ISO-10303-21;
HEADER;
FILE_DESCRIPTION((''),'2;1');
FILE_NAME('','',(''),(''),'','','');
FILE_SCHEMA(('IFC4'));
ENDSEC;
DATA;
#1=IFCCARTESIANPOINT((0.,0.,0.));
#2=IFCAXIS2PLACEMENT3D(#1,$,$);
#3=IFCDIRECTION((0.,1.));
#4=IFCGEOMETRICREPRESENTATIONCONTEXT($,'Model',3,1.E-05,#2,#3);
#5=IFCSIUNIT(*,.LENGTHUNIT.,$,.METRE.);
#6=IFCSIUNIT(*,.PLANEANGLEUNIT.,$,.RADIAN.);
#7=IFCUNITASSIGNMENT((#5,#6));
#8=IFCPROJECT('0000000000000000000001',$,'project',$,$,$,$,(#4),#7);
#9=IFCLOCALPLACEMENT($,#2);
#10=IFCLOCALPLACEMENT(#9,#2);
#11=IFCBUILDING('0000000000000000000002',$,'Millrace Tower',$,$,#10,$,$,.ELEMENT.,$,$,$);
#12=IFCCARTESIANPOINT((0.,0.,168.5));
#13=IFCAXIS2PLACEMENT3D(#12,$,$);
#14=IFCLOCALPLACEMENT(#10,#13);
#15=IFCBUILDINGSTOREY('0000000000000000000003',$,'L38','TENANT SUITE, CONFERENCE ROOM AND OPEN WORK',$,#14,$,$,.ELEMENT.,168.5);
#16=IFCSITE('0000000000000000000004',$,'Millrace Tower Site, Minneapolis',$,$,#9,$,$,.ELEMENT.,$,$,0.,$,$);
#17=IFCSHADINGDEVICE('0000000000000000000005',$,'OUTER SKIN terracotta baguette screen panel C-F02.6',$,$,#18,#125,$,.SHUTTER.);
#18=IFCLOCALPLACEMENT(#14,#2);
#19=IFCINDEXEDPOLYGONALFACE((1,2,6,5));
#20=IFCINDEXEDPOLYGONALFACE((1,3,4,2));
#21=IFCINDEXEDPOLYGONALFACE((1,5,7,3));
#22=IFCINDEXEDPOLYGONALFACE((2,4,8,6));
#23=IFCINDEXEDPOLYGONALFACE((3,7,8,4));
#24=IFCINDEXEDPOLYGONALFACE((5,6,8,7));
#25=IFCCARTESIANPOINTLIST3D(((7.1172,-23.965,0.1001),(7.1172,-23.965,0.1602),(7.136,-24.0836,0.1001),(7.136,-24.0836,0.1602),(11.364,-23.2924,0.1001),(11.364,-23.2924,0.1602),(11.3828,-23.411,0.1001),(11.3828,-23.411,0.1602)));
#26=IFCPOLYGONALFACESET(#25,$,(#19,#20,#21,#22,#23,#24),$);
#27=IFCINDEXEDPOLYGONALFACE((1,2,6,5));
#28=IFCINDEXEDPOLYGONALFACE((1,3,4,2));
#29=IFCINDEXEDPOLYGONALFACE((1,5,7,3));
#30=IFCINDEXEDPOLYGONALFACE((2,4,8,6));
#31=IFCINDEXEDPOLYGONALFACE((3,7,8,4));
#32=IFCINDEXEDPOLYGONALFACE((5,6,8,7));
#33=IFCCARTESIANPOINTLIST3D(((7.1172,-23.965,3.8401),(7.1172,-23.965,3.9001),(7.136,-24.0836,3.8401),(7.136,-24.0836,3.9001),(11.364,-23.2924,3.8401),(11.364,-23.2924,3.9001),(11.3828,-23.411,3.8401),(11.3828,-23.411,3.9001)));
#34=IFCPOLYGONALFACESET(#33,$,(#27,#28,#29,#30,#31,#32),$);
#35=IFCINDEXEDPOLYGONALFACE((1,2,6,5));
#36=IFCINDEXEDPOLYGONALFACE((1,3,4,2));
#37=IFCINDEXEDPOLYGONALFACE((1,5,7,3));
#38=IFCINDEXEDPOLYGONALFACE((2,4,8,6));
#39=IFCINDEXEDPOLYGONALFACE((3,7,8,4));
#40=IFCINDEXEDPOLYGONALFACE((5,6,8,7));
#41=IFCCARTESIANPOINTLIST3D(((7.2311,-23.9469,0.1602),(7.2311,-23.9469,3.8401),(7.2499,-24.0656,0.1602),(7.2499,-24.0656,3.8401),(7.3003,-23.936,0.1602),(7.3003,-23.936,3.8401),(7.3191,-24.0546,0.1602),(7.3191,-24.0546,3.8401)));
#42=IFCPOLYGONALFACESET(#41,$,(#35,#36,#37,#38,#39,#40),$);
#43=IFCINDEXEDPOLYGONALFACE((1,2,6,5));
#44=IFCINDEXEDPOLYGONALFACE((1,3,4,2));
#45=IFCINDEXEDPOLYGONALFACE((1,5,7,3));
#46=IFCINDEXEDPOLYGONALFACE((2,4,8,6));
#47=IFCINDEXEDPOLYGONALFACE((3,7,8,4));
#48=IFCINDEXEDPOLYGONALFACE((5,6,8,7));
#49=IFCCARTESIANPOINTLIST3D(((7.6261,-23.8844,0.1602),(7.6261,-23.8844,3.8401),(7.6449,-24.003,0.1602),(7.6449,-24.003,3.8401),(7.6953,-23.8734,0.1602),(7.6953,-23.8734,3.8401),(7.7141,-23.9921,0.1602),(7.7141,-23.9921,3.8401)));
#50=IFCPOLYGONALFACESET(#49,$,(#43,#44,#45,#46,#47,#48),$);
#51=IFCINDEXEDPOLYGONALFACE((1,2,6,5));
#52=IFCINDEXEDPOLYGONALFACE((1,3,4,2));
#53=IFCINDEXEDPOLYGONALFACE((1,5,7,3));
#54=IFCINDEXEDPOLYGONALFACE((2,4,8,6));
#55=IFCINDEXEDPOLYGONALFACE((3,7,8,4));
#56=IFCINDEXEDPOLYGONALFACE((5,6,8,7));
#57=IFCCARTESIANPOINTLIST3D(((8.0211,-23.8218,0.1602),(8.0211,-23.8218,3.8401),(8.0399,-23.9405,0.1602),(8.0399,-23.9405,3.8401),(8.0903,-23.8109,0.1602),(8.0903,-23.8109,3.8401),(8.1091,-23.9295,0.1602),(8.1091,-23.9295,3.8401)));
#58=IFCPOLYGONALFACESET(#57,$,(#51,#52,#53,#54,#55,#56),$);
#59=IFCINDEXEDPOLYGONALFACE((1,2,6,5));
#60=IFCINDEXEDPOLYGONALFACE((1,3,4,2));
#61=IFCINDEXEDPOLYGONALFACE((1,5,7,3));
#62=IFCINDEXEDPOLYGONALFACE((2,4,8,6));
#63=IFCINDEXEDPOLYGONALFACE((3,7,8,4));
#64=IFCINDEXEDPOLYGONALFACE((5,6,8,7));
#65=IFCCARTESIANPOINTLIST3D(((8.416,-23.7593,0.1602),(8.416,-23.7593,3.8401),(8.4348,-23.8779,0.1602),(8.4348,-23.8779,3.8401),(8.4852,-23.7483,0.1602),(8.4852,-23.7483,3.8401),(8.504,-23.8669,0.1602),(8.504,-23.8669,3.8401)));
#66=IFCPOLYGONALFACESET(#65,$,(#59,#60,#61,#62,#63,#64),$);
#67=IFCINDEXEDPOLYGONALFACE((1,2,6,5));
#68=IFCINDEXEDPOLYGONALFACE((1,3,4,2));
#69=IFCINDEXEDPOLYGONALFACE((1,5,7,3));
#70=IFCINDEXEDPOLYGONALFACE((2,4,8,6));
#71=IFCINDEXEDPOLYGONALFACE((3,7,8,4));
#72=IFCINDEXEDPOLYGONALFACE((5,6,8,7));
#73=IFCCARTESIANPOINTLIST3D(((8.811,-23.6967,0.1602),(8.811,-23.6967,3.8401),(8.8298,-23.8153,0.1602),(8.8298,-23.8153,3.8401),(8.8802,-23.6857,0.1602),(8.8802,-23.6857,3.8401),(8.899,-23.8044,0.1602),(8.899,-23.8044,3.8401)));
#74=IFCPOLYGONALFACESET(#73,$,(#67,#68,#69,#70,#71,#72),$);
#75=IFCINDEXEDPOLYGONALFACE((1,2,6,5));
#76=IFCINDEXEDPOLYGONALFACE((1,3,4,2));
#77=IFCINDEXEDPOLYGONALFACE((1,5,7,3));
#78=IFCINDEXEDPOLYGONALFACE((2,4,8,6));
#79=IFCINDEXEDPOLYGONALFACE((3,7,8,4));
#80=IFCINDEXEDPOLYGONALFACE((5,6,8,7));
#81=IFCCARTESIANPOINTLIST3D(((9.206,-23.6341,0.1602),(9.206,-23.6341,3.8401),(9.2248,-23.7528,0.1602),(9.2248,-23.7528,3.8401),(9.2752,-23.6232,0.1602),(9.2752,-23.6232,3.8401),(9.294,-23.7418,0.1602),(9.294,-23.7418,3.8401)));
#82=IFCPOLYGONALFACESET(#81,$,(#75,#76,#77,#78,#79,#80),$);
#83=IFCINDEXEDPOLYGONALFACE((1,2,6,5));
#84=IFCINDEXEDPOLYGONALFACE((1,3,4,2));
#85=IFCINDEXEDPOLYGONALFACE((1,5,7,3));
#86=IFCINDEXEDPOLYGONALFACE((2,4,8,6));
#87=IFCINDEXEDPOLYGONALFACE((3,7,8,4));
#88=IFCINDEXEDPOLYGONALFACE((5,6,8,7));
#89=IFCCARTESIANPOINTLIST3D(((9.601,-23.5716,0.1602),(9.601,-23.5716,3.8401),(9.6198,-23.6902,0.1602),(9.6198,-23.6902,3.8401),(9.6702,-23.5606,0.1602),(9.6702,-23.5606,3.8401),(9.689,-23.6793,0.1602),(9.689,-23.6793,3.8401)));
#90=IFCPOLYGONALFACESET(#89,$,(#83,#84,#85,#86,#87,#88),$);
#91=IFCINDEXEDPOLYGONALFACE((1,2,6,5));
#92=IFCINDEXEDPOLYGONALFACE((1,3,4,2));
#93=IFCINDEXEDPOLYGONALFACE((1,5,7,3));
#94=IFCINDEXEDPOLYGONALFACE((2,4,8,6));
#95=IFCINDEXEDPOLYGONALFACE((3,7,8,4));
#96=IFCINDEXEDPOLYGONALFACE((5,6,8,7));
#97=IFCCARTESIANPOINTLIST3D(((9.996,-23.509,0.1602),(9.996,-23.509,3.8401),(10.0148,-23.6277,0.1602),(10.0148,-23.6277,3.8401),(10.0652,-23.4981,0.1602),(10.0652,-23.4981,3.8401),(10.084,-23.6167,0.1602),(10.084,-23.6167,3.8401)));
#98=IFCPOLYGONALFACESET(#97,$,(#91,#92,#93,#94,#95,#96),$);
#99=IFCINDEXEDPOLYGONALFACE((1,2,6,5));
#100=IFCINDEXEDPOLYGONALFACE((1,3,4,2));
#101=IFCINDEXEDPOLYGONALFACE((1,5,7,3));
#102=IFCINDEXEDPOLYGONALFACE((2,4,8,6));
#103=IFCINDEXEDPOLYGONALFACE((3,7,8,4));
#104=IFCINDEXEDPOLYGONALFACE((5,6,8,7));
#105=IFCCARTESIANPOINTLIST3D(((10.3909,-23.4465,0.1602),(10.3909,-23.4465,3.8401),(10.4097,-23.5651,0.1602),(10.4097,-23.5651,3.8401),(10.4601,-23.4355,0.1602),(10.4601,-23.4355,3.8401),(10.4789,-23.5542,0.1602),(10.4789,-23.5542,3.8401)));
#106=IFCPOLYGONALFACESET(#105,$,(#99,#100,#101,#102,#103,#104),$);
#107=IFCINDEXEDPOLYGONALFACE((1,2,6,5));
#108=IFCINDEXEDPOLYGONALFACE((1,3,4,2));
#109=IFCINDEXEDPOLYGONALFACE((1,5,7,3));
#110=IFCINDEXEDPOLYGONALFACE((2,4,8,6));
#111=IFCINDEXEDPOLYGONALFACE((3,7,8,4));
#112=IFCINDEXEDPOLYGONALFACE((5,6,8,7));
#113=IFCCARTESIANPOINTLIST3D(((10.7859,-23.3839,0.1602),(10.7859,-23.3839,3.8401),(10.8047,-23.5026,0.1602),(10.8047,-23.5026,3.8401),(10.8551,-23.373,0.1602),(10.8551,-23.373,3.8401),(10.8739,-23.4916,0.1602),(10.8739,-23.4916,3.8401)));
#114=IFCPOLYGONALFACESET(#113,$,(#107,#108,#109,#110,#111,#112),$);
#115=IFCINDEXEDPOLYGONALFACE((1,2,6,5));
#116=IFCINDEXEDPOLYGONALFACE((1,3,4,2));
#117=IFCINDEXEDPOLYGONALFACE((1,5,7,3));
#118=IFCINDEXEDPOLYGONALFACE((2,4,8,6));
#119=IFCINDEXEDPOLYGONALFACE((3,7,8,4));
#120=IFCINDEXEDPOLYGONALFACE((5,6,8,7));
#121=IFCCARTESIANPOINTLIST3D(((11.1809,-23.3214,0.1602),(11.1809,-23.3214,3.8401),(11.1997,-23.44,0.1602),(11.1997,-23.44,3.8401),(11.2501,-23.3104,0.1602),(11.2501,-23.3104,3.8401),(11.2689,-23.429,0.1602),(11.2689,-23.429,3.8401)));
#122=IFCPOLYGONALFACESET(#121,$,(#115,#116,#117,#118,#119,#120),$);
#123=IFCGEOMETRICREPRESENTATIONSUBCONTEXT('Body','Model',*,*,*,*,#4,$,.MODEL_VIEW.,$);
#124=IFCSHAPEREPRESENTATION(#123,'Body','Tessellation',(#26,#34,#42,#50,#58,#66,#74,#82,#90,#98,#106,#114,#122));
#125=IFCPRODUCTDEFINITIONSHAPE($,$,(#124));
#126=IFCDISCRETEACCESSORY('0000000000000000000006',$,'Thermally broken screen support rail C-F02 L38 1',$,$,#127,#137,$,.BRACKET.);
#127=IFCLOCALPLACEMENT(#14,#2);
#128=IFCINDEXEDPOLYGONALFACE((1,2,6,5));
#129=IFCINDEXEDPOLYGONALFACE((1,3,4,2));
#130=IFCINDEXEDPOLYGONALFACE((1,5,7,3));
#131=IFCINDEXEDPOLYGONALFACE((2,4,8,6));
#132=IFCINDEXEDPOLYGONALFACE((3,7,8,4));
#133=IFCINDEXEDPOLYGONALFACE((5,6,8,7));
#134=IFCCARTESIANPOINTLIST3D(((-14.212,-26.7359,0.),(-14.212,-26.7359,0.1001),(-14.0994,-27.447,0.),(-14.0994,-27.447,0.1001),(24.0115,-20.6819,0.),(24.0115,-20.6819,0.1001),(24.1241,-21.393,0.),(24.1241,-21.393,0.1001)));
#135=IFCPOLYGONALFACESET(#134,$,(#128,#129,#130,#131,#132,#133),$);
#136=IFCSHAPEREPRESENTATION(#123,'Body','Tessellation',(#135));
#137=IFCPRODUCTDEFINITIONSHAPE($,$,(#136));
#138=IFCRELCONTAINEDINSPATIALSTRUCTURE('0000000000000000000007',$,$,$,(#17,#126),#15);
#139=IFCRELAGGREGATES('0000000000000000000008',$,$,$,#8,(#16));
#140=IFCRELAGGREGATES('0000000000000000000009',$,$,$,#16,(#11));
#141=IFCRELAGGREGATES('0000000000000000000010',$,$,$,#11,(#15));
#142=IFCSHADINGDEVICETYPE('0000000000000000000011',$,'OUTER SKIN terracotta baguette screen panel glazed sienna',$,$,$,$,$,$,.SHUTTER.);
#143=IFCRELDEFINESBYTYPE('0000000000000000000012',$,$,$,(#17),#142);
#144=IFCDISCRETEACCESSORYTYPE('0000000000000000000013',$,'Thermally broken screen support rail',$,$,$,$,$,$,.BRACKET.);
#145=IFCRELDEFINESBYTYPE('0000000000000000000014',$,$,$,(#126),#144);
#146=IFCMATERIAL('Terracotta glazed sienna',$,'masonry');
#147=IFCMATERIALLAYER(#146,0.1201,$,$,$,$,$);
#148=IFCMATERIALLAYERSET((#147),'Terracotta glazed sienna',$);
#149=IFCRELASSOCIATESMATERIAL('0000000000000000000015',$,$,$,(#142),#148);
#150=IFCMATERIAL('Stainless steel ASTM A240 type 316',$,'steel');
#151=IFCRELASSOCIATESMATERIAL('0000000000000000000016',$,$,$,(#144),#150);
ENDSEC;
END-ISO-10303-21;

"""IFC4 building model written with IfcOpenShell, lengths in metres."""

from ifc_helpers import new_model, entity, si_unit, direction, frame, frame_2d, origin, origin_2d, place, context, subcontext, project, spatial, rectangle, extrude, source, transform, mapped, material, layer, layer_set, type_object, element, save


model = new_model("IFC4")

# Units and contexts
model_context = context("Model", 3, precision=1e-05, world=origin(), true_north=direction((0.0, 1.0)))
body_context = subcontext(model_context, "Body", "Model", "MODEL_VIEW")
ifc_project = project(units=[si_unit("LENGTHUNIT", "METRE"), si_unit("PLANEANGLEUNIT", "RADIAN")], contexts=[model_context])

# Site, building, storey
site_placement = place(None, origin())
site = spatial("IfcSite", under=ifc_project, at=site_placement, Name="Millrace Tower Site, Minneapolis", CompositionType="ELEMENT", RefElevation=0.0)
building_placement = place(site_placement, origin())
building = spatial("IfcBuilding", under=site, at=building_placement, Name="Millrace Tower", CompositionType="ELEMENT")
storey_placement = place(building_placement, frame((0.0, 0.0, 168.5)))
storey = spatial("IfcBuildingStorey", under=building, at=storey_placement, Name="L38", Description="TENANT SUITE, CONFERENCE ROOM AND OPEN WORK", CompositionType="ELEMENT", Elevation=168.5)

# Shading device
ifc_material_1 = material(Name="Terracotta glazed sienna", Category="masonry")
ifc_layer_1 = layer(ifc_material_1, 0.1201)
ifc_layer_set_1 = layer_set([ifc_layer_1], Name="Terracotta glazed sienna")
shading_device_type = type_object("IfcShadingDeviceType", Name="OUTER SKIN terracotta baguette screen panel glazed sienna", PredefinedType="SHUTTER", material=ifc_layer_set_1)
cartesian_point = entity("IfcCartesianPoint", [-2.1499, 0.0601])
shared_polyline = entity("IfcPolyline", [cartesian_point, entity("IfcCartesianPoint", [2.1499, 0.0601]), entity("IfcCartesianPoint", [2.1499, -0.0601]), entity("IfcCartesianPoint", [-2.1499, -0.0601]), cartesian_point])
shared_shape = source(origin(), body_context, "Body", "SweptSolid", [
    entity("IfcExtrudedAreaSolid", entity("IfcArbitraryClosedProfileDef", "AREA", None, shared_polyline), entity("IfcAxis2Placement3D", entity("IfcCartesianPoint", [0.0, 0.0, 0.0])), entity("IfcDirection", [0.0, 0.0, 1.0]), 0.0601),
    entity("IfcExtrudedAreaSolid", entity("IfcArbitraryClosedProfileDef", "AREA", None, shared_polyline), entity("IfcAxis2Placement3D", entity("IfcCartesianPoint", [0.0, 0.0, 3.74])), entity("IfcDirection", [0.0, 0.0, 1.0]), 0.0601),
    extrude(rectangle(XDim=0.0701, YDim=0.1201, at=frame_2d((-1.9995, 0.0))), frame((0.0, 0.0, 0.0601)), (0.0, 0.0, 1.0), 3.6799),
    extrude(rectangle(XDim=0.0701, YDim=0.1201, at=frame_2d((-1.5996, 0.0))), frame((0.0, 0.0, 0.0601)), (0.0, 0.0, 1.0), 3.6799),
    extrude(rectangle(XDim=0.0701, YDim=0.1201, at=frame_2d((-1.1997, 0.0))), frame((0.0, 0.0, 0.0601)), (0.0, 0.0, 1.0), 3.6799),
    extrude(rectangle(XDim=0.0701, YDim=0.1201, at=frame_2d((-0.7998, 0.0))), frame((0.0, 0.0, 0.0601)), (0.0, 0.0, 1.0), 3.6799),
    extrude(rectangle(XDim=0.0701, YDim=0.1201, at=frame_2d((-0.3999, 0.0))), frame((0.0, 0.0, 0.0601)), (0.0, 0.0, 1.0), 3.6799),
    extrude(rectangle(XDim=0.0701, YDim=0.1201, at=origin_2d()), frame((0.0, 0.0, 0.0601)), (0.0, 0.0, 1.0), 3.6799),
    extrude(rectangle(XDim=0.0701, YDim=0.1201, at=frame_2d((0.3999, 0.0))), frame((0.0, 0.0, 0.0601)), (0.0, 0.0, 1.0), 3.6799),
    extrude(rectangle(XDim=0.0701, YDim=0.1201, at=frame_2d((0.7998, 0.0))), frame((0.0, 0.0, 0.0601)), (0.0, 0.0, 1.0), 3.6799),
    extrude(rectangle(XDim=0.0701, YDim=0.1201, at=frame_2d((1.1997, 0.0))), frame((0.0, 0.0, 0.0601)), (0.0, 0.0, 1.0), 3.6799),
    extrude(rectangle(XDim=0.0701, YDim=0.1201, at=frame_2d((1.5996, 0.0))), frame((0.0, 0.0, 0.0601)), (0.0, 0.0, 1.0), 3.6799),
    extrude(rectangle(XDim=0.0701, YDim=0.1201, at=frame_2d((1.9995, 0.0))), frame((0.0, 0.0, 0.0601)), (0.0, 0.0, 1.0), 3.6799),
])
for number, where, z_axis, x_axis, name in (
    (1, (9.25, -23.688, 0.1001), (0.0, 0.0, 1.0), (0.987688, 0.156434, 0.0), "OUTER SKIN terracotta baguette screen panel C-F02.6"),
):
    element("IfcShadingDevice", number, at=place(storey_placement, frame(where, z_axis=z_axis, x_axis=x_axis)), inside=storey, type_object=shading_device_type, Name=name, PredefinedType="SHUTTER", context=body_context, shape_type="MappedRepresentation", body=[
        mapped(shared_shape, transform((0.0, 0.0, 0.0), scale=1.0)),
    ])

# Discrete accessory
ifc_material_2 = material(Name="Stainless steel ASTM A240 type 316", Category="steel")
discrete_accessory_type = type_object("IfcDiscreteAccessoryType", Name="Thermally broken screen support rail", PredefinedType="BRACKET", material=ifc_material_2)
discrete_accessory_placement = place(storey_placement, frame((4.9561, -24.0645, 0.0), z_axis=(0.0, 0.0, 1.0), x_axis=(0.987688, 0.156434, 0.0)))
element("IfcDiscreteAccessory", 2, at=discrete_accessory_placement, inside=storey, type_object=discrete_accessory_type, Name="Thermally broken screen support rail C-F02 L38 1", PredefinedType="BRACKET", context=body_context, shape_type="SweptSolid", body=[
    extrude(rectangle(XDim=38.7, YDim=0.72, at=origin_2d()), origin(), (0.0, 0.0, 1.0), 0.1001),
])

save(model, "model.ifc")
